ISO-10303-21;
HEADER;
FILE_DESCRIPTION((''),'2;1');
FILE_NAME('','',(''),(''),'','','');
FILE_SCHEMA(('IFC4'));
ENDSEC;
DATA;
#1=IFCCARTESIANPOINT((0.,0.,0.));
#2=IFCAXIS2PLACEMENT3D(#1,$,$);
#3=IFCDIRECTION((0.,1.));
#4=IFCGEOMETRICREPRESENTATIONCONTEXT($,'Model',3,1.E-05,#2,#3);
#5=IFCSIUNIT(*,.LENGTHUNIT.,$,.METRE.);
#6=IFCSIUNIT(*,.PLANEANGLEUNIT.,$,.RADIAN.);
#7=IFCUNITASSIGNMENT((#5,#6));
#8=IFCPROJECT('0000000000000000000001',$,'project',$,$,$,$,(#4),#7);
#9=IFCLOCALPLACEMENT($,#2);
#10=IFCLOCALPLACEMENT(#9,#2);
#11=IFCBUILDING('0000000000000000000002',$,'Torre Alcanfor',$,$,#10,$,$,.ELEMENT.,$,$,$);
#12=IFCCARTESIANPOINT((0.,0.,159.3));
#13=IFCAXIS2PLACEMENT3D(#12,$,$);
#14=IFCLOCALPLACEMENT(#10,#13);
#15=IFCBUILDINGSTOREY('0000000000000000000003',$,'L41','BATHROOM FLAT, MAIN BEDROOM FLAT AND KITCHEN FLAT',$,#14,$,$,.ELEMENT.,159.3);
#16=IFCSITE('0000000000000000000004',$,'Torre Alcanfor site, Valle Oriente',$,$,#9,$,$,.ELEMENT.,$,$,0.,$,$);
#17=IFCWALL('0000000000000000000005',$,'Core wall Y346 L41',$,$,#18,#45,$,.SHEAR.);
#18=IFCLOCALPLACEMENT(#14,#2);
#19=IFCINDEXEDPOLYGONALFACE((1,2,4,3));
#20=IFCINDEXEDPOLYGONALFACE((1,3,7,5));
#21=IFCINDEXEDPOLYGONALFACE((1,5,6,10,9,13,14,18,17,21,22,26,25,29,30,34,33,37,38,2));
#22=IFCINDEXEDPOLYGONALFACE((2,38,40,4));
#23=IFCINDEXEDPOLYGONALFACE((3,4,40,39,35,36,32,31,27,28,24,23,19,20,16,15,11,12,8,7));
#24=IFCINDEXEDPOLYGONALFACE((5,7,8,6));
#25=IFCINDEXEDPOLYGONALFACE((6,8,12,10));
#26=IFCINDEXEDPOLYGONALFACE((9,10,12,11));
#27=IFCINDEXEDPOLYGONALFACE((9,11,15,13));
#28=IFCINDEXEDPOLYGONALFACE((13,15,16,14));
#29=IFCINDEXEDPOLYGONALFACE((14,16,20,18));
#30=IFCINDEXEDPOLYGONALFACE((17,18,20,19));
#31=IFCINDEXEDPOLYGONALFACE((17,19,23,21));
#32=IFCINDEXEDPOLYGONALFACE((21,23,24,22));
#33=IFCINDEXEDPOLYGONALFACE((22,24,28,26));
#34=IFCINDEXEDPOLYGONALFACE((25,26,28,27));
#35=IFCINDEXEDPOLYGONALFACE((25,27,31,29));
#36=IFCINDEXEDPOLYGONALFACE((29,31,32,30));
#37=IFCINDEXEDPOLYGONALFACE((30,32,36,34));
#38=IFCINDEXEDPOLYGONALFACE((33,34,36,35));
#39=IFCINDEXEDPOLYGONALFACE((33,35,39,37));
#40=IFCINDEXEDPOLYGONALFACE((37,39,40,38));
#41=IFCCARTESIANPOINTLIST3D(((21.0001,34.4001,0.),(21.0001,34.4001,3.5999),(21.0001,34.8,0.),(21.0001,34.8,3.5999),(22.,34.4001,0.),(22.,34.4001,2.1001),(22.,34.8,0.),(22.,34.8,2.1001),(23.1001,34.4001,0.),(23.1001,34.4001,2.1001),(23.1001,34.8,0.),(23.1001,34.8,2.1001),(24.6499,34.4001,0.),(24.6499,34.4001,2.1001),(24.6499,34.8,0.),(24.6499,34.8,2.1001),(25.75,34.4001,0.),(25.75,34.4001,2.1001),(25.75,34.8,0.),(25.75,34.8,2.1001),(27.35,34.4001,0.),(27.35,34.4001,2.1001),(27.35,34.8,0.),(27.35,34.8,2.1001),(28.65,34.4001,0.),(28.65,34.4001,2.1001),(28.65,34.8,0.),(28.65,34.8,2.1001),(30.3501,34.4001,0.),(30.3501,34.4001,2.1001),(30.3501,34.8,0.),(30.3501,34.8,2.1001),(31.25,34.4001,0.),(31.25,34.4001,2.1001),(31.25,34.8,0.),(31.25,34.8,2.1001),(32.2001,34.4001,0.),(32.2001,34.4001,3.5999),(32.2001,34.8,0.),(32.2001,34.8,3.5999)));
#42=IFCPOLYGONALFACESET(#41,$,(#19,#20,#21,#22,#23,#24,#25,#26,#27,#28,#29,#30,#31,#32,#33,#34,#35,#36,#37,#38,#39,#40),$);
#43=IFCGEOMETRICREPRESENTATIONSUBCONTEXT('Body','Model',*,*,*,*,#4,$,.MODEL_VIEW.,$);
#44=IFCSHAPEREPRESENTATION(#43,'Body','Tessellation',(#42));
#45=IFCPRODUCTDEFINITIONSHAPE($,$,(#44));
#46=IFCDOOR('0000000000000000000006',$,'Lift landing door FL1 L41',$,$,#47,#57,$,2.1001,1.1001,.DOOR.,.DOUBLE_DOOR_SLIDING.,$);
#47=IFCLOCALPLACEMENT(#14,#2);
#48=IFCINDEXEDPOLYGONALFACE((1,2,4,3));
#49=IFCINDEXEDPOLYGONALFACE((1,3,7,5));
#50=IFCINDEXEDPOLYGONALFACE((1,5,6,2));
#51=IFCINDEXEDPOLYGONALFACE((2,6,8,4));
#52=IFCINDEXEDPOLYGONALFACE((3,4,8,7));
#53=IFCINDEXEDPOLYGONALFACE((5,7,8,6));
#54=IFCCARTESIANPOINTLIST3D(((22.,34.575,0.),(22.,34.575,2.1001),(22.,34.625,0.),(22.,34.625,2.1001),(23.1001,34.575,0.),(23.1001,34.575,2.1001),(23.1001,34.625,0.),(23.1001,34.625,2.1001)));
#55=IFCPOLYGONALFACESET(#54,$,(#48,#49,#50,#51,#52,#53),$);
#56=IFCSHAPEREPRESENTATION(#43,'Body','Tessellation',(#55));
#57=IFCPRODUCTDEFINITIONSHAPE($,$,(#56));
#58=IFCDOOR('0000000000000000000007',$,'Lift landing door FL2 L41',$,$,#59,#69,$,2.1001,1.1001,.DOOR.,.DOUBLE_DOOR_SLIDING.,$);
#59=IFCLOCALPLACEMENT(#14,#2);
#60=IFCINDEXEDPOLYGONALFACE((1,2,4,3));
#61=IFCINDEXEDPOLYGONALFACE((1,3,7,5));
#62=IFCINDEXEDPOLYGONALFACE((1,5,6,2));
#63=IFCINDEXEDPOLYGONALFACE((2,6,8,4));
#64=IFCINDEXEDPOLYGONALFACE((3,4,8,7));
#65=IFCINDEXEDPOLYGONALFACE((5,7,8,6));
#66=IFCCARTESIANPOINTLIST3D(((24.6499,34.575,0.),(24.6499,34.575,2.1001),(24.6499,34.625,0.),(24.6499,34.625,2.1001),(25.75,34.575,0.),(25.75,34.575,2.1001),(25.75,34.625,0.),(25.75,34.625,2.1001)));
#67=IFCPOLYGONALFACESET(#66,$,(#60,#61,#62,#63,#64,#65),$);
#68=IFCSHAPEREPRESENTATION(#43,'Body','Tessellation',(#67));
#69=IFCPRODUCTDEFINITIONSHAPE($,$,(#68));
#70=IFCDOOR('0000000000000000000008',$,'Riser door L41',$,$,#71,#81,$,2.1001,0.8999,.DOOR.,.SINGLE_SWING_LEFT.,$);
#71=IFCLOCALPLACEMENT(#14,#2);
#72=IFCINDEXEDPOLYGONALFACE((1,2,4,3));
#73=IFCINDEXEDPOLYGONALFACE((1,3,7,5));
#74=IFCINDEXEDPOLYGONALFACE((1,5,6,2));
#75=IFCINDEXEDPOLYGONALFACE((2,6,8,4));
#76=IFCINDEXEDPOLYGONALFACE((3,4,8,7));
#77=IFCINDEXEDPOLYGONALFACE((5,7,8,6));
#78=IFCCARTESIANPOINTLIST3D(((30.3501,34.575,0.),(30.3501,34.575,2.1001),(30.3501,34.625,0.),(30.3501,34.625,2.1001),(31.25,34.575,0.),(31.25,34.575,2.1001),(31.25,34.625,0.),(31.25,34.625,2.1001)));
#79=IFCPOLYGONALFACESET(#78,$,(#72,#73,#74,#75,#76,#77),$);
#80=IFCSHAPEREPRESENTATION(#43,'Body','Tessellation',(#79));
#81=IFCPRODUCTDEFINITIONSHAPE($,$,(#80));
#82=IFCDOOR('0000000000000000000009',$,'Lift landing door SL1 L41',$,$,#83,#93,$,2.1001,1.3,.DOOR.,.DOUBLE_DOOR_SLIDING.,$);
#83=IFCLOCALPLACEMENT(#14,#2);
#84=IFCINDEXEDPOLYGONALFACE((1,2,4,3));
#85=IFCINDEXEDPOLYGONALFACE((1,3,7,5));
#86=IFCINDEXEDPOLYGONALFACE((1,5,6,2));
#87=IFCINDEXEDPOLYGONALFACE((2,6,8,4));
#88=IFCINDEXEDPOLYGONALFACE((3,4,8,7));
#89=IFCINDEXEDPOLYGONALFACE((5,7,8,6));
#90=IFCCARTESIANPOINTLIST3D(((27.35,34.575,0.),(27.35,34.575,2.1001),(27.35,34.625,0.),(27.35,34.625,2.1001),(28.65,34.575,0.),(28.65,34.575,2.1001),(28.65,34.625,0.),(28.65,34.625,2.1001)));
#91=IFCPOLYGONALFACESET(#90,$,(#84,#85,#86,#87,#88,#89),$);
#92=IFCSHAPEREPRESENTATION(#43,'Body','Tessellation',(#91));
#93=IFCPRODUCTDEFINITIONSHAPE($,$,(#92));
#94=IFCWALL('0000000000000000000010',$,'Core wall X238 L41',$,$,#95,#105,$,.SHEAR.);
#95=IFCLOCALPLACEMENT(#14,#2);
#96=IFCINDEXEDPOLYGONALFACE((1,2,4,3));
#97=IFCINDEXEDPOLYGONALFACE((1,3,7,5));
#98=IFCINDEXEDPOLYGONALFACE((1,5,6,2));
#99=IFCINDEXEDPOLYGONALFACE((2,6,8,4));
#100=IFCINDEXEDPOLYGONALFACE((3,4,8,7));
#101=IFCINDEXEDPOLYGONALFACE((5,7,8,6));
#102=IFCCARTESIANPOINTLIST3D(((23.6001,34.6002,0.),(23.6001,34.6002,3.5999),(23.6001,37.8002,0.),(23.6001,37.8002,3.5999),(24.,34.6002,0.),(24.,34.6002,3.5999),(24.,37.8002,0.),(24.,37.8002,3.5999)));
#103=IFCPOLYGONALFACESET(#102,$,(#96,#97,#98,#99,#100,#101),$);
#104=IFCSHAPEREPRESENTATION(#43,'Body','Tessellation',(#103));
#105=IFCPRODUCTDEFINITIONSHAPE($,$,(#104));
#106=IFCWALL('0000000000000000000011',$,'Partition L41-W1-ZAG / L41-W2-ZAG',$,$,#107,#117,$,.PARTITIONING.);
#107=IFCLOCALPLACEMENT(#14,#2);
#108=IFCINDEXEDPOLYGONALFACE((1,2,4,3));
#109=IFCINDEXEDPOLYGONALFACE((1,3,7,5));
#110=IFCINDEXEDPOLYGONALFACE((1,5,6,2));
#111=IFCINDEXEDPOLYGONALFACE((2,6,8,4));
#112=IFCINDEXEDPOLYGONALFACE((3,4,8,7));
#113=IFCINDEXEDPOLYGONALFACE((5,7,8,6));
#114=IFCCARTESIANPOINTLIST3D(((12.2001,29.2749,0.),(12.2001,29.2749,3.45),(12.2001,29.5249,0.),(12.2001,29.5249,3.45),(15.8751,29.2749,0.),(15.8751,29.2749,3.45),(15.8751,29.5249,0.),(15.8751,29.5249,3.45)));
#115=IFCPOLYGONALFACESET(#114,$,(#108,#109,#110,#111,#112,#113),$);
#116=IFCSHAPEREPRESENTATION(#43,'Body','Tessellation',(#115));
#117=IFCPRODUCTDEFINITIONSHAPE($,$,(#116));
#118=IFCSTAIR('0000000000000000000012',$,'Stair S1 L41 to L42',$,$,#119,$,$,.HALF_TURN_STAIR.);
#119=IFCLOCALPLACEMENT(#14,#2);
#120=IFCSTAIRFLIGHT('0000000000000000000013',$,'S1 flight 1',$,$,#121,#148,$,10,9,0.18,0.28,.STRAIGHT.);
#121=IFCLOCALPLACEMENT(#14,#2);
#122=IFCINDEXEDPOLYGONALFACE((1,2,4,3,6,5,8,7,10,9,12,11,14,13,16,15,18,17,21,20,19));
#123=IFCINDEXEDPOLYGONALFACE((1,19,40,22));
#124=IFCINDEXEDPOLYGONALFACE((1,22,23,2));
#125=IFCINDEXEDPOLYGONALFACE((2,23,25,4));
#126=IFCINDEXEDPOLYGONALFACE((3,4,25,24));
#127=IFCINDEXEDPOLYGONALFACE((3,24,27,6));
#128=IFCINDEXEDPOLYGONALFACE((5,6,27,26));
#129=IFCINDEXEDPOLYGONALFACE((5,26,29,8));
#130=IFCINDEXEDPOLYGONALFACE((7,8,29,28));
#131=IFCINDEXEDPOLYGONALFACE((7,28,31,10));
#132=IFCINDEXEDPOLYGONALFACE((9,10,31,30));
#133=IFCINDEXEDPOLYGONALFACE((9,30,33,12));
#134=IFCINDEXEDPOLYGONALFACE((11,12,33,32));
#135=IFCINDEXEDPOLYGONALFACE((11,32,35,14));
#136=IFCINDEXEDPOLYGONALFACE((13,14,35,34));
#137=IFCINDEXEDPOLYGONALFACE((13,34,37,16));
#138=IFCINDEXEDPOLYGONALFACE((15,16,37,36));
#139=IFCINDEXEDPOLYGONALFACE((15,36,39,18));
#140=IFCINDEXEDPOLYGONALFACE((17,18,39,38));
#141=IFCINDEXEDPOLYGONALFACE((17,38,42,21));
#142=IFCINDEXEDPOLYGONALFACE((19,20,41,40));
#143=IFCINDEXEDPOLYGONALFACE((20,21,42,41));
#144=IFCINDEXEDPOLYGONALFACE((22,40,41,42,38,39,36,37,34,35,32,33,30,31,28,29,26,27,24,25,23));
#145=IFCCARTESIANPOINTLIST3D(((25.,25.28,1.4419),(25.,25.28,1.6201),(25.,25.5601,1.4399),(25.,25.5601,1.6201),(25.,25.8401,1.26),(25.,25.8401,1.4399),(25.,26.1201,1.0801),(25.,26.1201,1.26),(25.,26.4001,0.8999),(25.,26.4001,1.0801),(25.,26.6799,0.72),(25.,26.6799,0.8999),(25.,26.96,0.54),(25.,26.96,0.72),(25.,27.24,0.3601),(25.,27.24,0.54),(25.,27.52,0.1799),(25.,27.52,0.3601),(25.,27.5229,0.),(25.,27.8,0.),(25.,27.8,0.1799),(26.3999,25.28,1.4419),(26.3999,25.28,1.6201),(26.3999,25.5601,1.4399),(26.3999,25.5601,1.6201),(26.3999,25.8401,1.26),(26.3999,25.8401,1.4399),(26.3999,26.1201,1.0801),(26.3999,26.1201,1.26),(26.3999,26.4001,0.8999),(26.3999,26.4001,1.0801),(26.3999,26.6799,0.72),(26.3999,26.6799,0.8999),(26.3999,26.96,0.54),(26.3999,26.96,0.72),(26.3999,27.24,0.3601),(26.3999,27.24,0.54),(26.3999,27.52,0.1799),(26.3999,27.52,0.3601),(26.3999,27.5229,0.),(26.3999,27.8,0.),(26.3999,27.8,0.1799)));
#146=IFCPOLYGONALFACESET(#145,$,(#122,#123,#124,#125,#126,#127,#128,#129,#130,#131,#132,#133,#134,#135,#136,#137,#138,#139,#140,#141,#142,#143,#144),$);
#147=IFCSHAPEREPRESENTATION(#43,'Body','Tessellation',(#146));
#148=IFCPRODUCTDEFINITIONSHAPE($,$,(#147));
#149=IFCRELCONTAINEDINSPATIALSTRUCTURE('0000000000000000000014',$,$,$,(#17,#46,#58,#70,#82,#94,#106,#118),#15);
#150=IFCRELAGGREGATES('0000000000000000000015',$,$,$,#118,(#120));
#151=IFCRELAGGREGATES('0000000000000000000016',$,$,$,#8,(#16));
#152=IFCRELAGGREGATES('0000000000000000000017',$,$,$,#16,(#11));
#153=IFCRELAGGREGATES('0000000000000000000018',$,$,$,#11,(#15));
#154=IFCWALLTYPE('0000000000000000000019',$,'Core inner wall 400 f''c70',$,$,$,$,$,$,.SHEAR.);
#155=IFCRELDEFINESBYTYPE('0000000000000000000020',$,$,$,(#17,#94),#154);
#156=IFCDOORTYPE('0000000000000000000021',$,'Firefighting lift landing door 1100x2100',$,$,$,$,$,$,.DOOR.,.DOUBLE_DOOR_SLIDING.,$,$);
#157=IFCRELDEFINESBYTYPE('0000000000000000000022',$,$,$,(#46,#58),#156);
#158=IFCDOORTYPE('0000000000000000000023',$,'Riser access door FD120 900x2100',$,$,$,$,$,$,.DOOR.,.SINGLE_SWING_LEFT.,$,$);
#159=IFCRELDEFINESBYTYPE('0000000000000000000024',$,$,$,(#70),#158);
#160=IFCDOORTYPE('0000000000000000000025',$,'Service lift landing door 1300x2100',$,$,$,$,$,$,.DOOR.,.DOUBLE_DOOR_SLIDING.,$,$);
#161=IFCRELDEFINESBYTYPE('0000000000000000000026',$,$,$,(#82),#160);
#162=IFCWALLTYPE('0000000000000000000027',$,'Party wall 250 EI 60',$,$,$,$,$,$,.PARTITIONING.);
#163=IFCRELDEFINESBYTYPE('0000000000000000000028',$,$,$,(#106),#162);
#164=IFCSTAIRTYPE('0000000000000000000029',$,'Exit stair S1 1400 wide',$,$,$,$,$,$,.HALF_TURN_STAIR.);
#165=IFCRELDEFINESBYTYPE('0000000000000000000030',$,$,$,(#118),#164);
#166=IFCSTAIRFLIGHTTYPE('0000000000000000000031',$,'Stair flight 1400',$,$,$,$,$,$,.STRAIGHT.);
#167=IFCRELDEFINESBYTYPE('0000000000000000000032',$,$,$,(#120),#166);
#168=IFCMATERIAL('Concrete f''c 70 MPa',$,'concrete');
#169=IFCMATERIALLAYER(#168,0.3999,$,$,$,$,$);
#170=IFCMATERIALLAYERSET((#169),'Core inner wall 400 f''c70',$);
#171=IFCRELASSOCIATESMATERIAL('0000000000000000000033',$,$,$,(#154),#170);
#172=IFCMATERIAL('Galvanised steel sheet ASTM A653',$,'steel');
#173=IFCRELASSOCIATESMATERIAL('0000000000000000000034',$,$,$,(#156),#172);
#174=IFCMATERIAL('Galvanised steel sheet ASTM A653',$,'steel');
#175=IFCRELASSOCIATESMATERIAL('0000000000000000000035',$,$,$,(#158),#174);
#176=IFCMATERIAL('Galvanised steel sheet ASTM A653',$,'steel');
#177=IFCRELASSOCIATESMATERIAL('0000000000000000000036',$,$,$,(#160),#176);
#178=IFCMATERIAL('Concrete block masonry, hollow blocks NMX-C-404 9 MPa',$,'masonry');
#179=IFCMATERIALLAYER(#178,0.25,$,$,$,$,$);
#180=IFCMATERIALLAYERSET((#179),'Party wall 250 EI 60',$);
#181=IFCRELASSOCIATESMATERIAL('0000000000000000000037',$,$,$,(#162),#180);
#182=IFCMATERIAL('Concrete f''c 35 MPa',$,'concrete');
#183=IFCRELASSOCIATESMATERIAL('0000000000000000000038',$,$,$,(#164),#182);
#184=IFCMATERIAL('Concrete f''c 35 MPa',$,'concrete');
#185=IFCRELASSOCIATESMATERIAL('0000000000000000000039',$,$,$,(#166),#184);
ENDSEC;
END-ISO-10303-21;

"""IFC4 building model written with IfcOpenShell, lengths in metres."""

from ifc_helpers import new_model, si_unit, direction, frame, frame_2d, origin, place, context, subcontext, project, spatial, polyline, rectangle, outline, extrude, material, layer, layer_set, type_object, element, fill, aggregate, save


model = new_model("IFC4")

# Units and contexts
model_context = context("Model", 3, precision=1e-05, world=origin(), true_north=direction((0.0, 1.0)))
body_context = subcontext(model_context, "Body", "Model", "MODEL_VIEW")
ifc_project = project(units=[si_unit("LENGTHUNIT", "METRE"), si_unit("PLANEANGLEUNIT", "RADIAN")], contexts=[model_context])

# Site, building, storey
site_placement = place(None, origin())
site = spatial("IfcSite", under=ifc_project, at=site_placement, Name="Torre Alcanfor site, Valle Oriente", CompositionType="ELEMENT", RefElevation=0.0)
building_placement = place(site_placement, origin())
building = spatial("IfcBuilding", under=site, at=building_placement, Name="Torre Alcanfor", CompositionType="ELEMENT")
storey_placement = place(building_placement, frame((0.0, 0.0, 159.3)))
storey = spatial("IfcBuildingStorey", under=building, at=storey_placement, Name="L41", Description="BATHROOM FLAT, MAIN BEDROOM FLAT AND KITCHEN FLAT", CompositionType="ELEMENT", Elevation=159.3)

# Shared definitions
ifc_material_1 = material(Name="Concrete f'c 70 MPa", Category="concrete")
ifc_layer_1 = layer(ifc_material_1, 0.3999)
ifc_layer_set_1 = layer_set([ifc_layer_1], Name="Core inner wall 400 f'c70")
wall_type_1 = type_object("IfcWallType", Name="Core inner wall 400 f'c70", PredefinedType="SHEAR", material=ifc_layer_set_1)

# Wall, openings, doors
wall_1_placement = place(storey_placement, frame((21.0, 34.6001, 0.0), z_axis=(0.0, 0.0, 1.0), x_axis=(1.0, 0.0, 0.0)))
wall_1 = element("IfcWall", 1, at=wall_1_placement, inside=storey, type_object=wall_type_1, Name="Core wall Y346 L41", PredefinedType="SHEAR", context=body_context, shape_type="SweptSolid", body=[
    extrude(rectangle(XDim=11.2, YDim=0.3999, at=frame_2d((5.6001, 0.0))), origin(), (0.0, 0.0, 1.0), 3.5999),
])
opening_1_placement = place(wall_1_placement, frame((9.3501, 0.0, 0.0)))
opening_1 = element("IfcOpeningElement", 2, at=opening_1_placement, cuts=wall_1, PredefinedType="OPENING", context=body_context, shape_type="SweptSolid", body=[
    extrude(rectangle(XDim=0.8999, YDim=2.1001, at=frame_2d((0.45, 1.05))), frame((0.0, 0.21, 0.0), z_axis=(0.0, -1.0, 0.0), x_axis=(1.0, 0.0, 0.0)), (0.0, 0.0, 1.0), 0.4199),
])
opening_2_placement = place(wall_1_placement, frame((1.0, 0.0, 0.0)))
opening_2 = element("IfcOpeningElement", 3, at=opening_2_placement, cuts=wall_1, PredefinedType="OPENING", context=body_context, shape_type="SweptSolid", body=[
    extrude(rectangle(XDim=1.1001, YDim=2.1001, at=frame_2d((0.55, 1.05))), frame((0.0, 0.21, 0.0), z_axis=(0.0, -1.0, 0.0), x_axis=(1.0, 0.0, 0.0)), (0.0, 0.0, 1.0), 0.4199),
])
opening_3_placement = place(wall_1_placement, frame((3.6499, 0.0, 0.0)))
opening_3 = element("IfcOpeningElement", 4, at=opening_3_placement, cuts=wall_1, PredefinedType="OPENING", context=body_context, shape_type="SweptSolid", body=[
    extrude(rectangle(XDim=1.1001, YDim=2.1001, at=frame_2d((0.55, 1.05))), frame((0.0, 0.21, 0.0), z_axis=(0.0, -1.0, 0.0), x_axis=(1.0, 0.0, 0.0)), (0.0, 0.0, 1.0), 0.4199),
])
opening_4_placement = place(wall_1_placement, frame((6.3501, 0.0, 0.0)))
opening_4 = element("IfcOpeningElement", 5, at=opening_4_placement, cuts=wall_1, PredefinedType="OPENING", context=body_context, shape_type="SweptSolid", body=[
    extrude(rectangle(XDim=1.3, YDim=2.1001, at=frame_2d((0.6499, 1.05))), frame((0.0, 0.21, 0.0), z_axis=(0.0, -1.0, 0.0), x_axis=(1.0, 0.0, 0.0)), (0.0, 0.0, 1.0), 0.4199),
])
ifc_material_2 = material(Name="Galvanised steel sheet ASTM A653", Category="steel")
door_type_1 = type_object("IfcDoorType", Name="Firefighting lift landing door 1100x2100", OperationType="DOUBLE_DOOR_SLIDING", PredefinedType="DOOR", material=ifc_material_2)
door_1_placement = place(opening_2_placement, origin())
door_1 = element("IfcDoor", 6, at=door_1_placement, inside=storey, type_object=door_type_1, Name="Lift landing door FL1 L41", OperationType="DOUBLE_DOOR_SLIDING", OverallHeight=2.1001, OverallWidth=1.1001, PredefinedType="DOOR", context=body_context, shape_type="SweptSolid", body=[
    extrude(rectangle(XDim=1.1001, YDim=2.1001, at=frame_2d((0.55, 1.05))), frame((0.0, 0.0249, 0.0), z_axis=(0.0, -1.0, 0.0), x_axis=(1.0, 0.0, 0.0)), (0.0, 0.0, 1.0), 0.05),
])
fill(opening_2, door_1)
door_2_placement = place(opening_3_placement, origin())
door_2 = element("IfcDoor", 7, at=door_2_placement, inside=storey, type_object=door_type_1, Name="Lift landing door FL2 L41", OperationType="DOUBLE_DOOR_SLIDING", OverallHeight=2.1001, OverallWidth=1.1001, PredefinedType="DOOR", context=body_context, shape_type="SweptSolid", body=[
    extrude(rectangle(XDim=1.1001, YDim=2.1001, at=frame_2d((0.55, 1.05))), frame((0.0, 0.0249, 0.0), z_axis=(0.0, -1.0, 0.0), x_axis=(1.0, 0.0, 0.0)), (0.0, 0.0, 1.0), 0.05),
])
fill(opening_3, door_2)
ifc_material_3 = material(Name="Galvanised steel sheet ASTM A653", Category="steel")
door_type_2 = type_object("IfcDoorType", Name="Riser access door FD120 900x2100", OperationType="SINGLE_SWING_LEFT", PredefinedType="DOOR", material=ifc_material_3)
door_3_placement = place(opening_1_placement, origin())
door_3 = element("IfcDoor", 8, at=door_3_placement, inside=storey, type_object=door_type_2, Name="Riser door L41", OperationType="SINGLE_SWING_LEFT", OverallHeight=2.1001, OverallWidth=0.8999, PredefinedType="DOOR", context=body_context, shape_type="SweptSolid", body=[
    extrude(rectangle(XDim=0.8999, YDim=2.1001, at=frame_2d((0.45, 1.05))), frame((0.0, 0.0249, 0.0), z_axis=(0.0, -1.0, 0.0), x_axis=(1.0, 0.0, 0.0)), (0.0, 0.0, 1.0), 0.05),
])
fill(opening_1, door_3)
ifc_material_4 = material(Name="Galvanised steel sheet ASTM A653", Category="steel")
door_type_3 = type_object("IfcDoorType", Name="Service lift landing door 1300x2100", OperationType="DOUBLE_DOOR_SLIDING", PredefinedType="DOOR", material=ifc_material_4)
door_4_placement = place(opening_4_placement, origin())
door_4 = element("IfcDoor", 9, at=door_4_placement, inside=storey, type_object=door_type_3, Name="Lift landing door SL1 L41", OperationType="DOUBLE_DOOR_SLIDING", OverallHeight=2.1001, OverallWidth=1.3, PredefinedType="DOOR", context=body_context, shape_type="SweptSolid", body=[
    extrude(rectangle(XDim=1.3, YDim=2.1001, at=frame_2d((0.6499, 1.05))), frame((0.0, 0.0249, 0.0), z_axis=(0.0, -1.0, 0.0), x_axis=(1.0, 0.0, 0.0)), (0.0, 0.0, 1.0), 0.05),
])
fill(opening_4, door_4)

# Walls
wall_2_placement = place(storey_placement, frame((23.8, 34.6001, 0.0), z_axis=(0.0, 0.0, 1.0), x_axis=(0.0, 1.0, 0.0)))
element("IfcWall", 10, at=wall_2_placement, inside=storey, type_object=wall_type_1, Name="Core wall X238 L41", PredefinedType="SHEAR", context=body_context, shape_type="SweptSolid", body=[
    extrude(rectangle(XDim=3.2, YDim=0.3999, at=frame_2d((1.6001, 0.0))), origin(), (0.0, 0.0, 1.0), 3.5999),
])
ifc_material_5 = material(Name="Concrete block masonry, hollow blocks NMX-C-404 9 MPa", Category="masonry")
ifc_layer_2 = layer(ifc_material_5, 0.25)
ifc_layer_set_2 = layer_set([ifc_layer_2], Name="Party wall 250 EI 60")
wall_type_2 = type_object("IfcWallType", Name="Party wall 250 EI 60", PredefinedType="PARTITIONING", material=ifc_layer_set_2)
wall_3_placement = place(storey_placement, frame((15.875, 29.3999, 0.0), z_axis=(0.0, 0.0, 1.0), x_axis=(-1.0, 0.0, 0.0)))
element("IfcWall", 11, at=wall_3_placement, inside=storey, type_object=wall_type_2, Name="Partition L41-W1-ZAG / L41-W2-ZAG", PredefinedType="PARTITIONING", context=body_context, shape_type="SweptSolid", body=[
    extrude(rectangle(XDim=3.675, YDim=0.25, at=frame_2d((1.8374, 0.0))), origin(), (0.0, 0.0, 1.0), 3.45),
])

# Stair, stair flight
ifc_material_6 = material(Name="Concrete f'c 35 MPa", Category="concrete")
stair_type = type_object("IfcStairType", Name="Exit stair S1 1400 wide", PredefinedType="HALF_TURN_STAIR", material=ifc_material_6)
stair_placement = place(storey_placement, origin())
stair = element("IfcStair", 12, at=stair_placement, inside=storey, type_object=stair_type, Name="Stair S1 L41 to L42", PredefinedType="HALF_TURN_STAIR")
ifc_material_7 = material(Name="Concrete f'c 35 MPa", Category="concrete")
stair_flight_type = type_object("IfcStairFlightType", Name="Stair flight 1400", PredefinedType="STRAIGHT", material=ifc_material_7)
stair_flight_placement = place(storey_placement, frame((25.7, 27.8, 0.0), z_axis=(0.0, 0.0, 1.0), x_axis=(0.0, -1.0, 0.0)))
stair_flight = element("IfcStairFlight", 13, at=stair_flight_placement, type_object=stair_flight_type, Name="S1 flight 1", NumberOfRisers=10, NumberOfTreads=9, PredefinedType="STRAIGHT", RiserHeight=0.18, TreadLength=0.28, context=body_context, shape_type="SweptSolid", body=[
    extrude(outline(polyline([(0.0, 0.0), (0.0, 0.1799), (0.28, 0.1799), (0.28, 0.3601), (0.5601, 0.3601), (0.5601, 0.54), (0.8401, 0.54), (0.8401, 0.72), (1.1201, 0.72), (1.1201, 0.8999), (1.3999, 0.8999), (1.3999, 1.0801), (1.6799, 1.0801), (1.6799, 1.26), (1.96, 1.26), (1.96, 1.4399), (2.24, 1.4399), (2.24, 1.6201), (2.52, 1.6201), (2.52, 1.8), (2.52, 1.4419), (0.2771, 0.0), (0.0, 0.0)])), frame((0.0, 0.7, 0.0), z_axis=(0.0, -1.0, 0.0), x_axis=(1.0, 0.0, 0.0)), (0.0, 0.0, 1.0), 1.3999),
])
aggregate(stair, [stair_flight])

save(model, "model.ifc")
